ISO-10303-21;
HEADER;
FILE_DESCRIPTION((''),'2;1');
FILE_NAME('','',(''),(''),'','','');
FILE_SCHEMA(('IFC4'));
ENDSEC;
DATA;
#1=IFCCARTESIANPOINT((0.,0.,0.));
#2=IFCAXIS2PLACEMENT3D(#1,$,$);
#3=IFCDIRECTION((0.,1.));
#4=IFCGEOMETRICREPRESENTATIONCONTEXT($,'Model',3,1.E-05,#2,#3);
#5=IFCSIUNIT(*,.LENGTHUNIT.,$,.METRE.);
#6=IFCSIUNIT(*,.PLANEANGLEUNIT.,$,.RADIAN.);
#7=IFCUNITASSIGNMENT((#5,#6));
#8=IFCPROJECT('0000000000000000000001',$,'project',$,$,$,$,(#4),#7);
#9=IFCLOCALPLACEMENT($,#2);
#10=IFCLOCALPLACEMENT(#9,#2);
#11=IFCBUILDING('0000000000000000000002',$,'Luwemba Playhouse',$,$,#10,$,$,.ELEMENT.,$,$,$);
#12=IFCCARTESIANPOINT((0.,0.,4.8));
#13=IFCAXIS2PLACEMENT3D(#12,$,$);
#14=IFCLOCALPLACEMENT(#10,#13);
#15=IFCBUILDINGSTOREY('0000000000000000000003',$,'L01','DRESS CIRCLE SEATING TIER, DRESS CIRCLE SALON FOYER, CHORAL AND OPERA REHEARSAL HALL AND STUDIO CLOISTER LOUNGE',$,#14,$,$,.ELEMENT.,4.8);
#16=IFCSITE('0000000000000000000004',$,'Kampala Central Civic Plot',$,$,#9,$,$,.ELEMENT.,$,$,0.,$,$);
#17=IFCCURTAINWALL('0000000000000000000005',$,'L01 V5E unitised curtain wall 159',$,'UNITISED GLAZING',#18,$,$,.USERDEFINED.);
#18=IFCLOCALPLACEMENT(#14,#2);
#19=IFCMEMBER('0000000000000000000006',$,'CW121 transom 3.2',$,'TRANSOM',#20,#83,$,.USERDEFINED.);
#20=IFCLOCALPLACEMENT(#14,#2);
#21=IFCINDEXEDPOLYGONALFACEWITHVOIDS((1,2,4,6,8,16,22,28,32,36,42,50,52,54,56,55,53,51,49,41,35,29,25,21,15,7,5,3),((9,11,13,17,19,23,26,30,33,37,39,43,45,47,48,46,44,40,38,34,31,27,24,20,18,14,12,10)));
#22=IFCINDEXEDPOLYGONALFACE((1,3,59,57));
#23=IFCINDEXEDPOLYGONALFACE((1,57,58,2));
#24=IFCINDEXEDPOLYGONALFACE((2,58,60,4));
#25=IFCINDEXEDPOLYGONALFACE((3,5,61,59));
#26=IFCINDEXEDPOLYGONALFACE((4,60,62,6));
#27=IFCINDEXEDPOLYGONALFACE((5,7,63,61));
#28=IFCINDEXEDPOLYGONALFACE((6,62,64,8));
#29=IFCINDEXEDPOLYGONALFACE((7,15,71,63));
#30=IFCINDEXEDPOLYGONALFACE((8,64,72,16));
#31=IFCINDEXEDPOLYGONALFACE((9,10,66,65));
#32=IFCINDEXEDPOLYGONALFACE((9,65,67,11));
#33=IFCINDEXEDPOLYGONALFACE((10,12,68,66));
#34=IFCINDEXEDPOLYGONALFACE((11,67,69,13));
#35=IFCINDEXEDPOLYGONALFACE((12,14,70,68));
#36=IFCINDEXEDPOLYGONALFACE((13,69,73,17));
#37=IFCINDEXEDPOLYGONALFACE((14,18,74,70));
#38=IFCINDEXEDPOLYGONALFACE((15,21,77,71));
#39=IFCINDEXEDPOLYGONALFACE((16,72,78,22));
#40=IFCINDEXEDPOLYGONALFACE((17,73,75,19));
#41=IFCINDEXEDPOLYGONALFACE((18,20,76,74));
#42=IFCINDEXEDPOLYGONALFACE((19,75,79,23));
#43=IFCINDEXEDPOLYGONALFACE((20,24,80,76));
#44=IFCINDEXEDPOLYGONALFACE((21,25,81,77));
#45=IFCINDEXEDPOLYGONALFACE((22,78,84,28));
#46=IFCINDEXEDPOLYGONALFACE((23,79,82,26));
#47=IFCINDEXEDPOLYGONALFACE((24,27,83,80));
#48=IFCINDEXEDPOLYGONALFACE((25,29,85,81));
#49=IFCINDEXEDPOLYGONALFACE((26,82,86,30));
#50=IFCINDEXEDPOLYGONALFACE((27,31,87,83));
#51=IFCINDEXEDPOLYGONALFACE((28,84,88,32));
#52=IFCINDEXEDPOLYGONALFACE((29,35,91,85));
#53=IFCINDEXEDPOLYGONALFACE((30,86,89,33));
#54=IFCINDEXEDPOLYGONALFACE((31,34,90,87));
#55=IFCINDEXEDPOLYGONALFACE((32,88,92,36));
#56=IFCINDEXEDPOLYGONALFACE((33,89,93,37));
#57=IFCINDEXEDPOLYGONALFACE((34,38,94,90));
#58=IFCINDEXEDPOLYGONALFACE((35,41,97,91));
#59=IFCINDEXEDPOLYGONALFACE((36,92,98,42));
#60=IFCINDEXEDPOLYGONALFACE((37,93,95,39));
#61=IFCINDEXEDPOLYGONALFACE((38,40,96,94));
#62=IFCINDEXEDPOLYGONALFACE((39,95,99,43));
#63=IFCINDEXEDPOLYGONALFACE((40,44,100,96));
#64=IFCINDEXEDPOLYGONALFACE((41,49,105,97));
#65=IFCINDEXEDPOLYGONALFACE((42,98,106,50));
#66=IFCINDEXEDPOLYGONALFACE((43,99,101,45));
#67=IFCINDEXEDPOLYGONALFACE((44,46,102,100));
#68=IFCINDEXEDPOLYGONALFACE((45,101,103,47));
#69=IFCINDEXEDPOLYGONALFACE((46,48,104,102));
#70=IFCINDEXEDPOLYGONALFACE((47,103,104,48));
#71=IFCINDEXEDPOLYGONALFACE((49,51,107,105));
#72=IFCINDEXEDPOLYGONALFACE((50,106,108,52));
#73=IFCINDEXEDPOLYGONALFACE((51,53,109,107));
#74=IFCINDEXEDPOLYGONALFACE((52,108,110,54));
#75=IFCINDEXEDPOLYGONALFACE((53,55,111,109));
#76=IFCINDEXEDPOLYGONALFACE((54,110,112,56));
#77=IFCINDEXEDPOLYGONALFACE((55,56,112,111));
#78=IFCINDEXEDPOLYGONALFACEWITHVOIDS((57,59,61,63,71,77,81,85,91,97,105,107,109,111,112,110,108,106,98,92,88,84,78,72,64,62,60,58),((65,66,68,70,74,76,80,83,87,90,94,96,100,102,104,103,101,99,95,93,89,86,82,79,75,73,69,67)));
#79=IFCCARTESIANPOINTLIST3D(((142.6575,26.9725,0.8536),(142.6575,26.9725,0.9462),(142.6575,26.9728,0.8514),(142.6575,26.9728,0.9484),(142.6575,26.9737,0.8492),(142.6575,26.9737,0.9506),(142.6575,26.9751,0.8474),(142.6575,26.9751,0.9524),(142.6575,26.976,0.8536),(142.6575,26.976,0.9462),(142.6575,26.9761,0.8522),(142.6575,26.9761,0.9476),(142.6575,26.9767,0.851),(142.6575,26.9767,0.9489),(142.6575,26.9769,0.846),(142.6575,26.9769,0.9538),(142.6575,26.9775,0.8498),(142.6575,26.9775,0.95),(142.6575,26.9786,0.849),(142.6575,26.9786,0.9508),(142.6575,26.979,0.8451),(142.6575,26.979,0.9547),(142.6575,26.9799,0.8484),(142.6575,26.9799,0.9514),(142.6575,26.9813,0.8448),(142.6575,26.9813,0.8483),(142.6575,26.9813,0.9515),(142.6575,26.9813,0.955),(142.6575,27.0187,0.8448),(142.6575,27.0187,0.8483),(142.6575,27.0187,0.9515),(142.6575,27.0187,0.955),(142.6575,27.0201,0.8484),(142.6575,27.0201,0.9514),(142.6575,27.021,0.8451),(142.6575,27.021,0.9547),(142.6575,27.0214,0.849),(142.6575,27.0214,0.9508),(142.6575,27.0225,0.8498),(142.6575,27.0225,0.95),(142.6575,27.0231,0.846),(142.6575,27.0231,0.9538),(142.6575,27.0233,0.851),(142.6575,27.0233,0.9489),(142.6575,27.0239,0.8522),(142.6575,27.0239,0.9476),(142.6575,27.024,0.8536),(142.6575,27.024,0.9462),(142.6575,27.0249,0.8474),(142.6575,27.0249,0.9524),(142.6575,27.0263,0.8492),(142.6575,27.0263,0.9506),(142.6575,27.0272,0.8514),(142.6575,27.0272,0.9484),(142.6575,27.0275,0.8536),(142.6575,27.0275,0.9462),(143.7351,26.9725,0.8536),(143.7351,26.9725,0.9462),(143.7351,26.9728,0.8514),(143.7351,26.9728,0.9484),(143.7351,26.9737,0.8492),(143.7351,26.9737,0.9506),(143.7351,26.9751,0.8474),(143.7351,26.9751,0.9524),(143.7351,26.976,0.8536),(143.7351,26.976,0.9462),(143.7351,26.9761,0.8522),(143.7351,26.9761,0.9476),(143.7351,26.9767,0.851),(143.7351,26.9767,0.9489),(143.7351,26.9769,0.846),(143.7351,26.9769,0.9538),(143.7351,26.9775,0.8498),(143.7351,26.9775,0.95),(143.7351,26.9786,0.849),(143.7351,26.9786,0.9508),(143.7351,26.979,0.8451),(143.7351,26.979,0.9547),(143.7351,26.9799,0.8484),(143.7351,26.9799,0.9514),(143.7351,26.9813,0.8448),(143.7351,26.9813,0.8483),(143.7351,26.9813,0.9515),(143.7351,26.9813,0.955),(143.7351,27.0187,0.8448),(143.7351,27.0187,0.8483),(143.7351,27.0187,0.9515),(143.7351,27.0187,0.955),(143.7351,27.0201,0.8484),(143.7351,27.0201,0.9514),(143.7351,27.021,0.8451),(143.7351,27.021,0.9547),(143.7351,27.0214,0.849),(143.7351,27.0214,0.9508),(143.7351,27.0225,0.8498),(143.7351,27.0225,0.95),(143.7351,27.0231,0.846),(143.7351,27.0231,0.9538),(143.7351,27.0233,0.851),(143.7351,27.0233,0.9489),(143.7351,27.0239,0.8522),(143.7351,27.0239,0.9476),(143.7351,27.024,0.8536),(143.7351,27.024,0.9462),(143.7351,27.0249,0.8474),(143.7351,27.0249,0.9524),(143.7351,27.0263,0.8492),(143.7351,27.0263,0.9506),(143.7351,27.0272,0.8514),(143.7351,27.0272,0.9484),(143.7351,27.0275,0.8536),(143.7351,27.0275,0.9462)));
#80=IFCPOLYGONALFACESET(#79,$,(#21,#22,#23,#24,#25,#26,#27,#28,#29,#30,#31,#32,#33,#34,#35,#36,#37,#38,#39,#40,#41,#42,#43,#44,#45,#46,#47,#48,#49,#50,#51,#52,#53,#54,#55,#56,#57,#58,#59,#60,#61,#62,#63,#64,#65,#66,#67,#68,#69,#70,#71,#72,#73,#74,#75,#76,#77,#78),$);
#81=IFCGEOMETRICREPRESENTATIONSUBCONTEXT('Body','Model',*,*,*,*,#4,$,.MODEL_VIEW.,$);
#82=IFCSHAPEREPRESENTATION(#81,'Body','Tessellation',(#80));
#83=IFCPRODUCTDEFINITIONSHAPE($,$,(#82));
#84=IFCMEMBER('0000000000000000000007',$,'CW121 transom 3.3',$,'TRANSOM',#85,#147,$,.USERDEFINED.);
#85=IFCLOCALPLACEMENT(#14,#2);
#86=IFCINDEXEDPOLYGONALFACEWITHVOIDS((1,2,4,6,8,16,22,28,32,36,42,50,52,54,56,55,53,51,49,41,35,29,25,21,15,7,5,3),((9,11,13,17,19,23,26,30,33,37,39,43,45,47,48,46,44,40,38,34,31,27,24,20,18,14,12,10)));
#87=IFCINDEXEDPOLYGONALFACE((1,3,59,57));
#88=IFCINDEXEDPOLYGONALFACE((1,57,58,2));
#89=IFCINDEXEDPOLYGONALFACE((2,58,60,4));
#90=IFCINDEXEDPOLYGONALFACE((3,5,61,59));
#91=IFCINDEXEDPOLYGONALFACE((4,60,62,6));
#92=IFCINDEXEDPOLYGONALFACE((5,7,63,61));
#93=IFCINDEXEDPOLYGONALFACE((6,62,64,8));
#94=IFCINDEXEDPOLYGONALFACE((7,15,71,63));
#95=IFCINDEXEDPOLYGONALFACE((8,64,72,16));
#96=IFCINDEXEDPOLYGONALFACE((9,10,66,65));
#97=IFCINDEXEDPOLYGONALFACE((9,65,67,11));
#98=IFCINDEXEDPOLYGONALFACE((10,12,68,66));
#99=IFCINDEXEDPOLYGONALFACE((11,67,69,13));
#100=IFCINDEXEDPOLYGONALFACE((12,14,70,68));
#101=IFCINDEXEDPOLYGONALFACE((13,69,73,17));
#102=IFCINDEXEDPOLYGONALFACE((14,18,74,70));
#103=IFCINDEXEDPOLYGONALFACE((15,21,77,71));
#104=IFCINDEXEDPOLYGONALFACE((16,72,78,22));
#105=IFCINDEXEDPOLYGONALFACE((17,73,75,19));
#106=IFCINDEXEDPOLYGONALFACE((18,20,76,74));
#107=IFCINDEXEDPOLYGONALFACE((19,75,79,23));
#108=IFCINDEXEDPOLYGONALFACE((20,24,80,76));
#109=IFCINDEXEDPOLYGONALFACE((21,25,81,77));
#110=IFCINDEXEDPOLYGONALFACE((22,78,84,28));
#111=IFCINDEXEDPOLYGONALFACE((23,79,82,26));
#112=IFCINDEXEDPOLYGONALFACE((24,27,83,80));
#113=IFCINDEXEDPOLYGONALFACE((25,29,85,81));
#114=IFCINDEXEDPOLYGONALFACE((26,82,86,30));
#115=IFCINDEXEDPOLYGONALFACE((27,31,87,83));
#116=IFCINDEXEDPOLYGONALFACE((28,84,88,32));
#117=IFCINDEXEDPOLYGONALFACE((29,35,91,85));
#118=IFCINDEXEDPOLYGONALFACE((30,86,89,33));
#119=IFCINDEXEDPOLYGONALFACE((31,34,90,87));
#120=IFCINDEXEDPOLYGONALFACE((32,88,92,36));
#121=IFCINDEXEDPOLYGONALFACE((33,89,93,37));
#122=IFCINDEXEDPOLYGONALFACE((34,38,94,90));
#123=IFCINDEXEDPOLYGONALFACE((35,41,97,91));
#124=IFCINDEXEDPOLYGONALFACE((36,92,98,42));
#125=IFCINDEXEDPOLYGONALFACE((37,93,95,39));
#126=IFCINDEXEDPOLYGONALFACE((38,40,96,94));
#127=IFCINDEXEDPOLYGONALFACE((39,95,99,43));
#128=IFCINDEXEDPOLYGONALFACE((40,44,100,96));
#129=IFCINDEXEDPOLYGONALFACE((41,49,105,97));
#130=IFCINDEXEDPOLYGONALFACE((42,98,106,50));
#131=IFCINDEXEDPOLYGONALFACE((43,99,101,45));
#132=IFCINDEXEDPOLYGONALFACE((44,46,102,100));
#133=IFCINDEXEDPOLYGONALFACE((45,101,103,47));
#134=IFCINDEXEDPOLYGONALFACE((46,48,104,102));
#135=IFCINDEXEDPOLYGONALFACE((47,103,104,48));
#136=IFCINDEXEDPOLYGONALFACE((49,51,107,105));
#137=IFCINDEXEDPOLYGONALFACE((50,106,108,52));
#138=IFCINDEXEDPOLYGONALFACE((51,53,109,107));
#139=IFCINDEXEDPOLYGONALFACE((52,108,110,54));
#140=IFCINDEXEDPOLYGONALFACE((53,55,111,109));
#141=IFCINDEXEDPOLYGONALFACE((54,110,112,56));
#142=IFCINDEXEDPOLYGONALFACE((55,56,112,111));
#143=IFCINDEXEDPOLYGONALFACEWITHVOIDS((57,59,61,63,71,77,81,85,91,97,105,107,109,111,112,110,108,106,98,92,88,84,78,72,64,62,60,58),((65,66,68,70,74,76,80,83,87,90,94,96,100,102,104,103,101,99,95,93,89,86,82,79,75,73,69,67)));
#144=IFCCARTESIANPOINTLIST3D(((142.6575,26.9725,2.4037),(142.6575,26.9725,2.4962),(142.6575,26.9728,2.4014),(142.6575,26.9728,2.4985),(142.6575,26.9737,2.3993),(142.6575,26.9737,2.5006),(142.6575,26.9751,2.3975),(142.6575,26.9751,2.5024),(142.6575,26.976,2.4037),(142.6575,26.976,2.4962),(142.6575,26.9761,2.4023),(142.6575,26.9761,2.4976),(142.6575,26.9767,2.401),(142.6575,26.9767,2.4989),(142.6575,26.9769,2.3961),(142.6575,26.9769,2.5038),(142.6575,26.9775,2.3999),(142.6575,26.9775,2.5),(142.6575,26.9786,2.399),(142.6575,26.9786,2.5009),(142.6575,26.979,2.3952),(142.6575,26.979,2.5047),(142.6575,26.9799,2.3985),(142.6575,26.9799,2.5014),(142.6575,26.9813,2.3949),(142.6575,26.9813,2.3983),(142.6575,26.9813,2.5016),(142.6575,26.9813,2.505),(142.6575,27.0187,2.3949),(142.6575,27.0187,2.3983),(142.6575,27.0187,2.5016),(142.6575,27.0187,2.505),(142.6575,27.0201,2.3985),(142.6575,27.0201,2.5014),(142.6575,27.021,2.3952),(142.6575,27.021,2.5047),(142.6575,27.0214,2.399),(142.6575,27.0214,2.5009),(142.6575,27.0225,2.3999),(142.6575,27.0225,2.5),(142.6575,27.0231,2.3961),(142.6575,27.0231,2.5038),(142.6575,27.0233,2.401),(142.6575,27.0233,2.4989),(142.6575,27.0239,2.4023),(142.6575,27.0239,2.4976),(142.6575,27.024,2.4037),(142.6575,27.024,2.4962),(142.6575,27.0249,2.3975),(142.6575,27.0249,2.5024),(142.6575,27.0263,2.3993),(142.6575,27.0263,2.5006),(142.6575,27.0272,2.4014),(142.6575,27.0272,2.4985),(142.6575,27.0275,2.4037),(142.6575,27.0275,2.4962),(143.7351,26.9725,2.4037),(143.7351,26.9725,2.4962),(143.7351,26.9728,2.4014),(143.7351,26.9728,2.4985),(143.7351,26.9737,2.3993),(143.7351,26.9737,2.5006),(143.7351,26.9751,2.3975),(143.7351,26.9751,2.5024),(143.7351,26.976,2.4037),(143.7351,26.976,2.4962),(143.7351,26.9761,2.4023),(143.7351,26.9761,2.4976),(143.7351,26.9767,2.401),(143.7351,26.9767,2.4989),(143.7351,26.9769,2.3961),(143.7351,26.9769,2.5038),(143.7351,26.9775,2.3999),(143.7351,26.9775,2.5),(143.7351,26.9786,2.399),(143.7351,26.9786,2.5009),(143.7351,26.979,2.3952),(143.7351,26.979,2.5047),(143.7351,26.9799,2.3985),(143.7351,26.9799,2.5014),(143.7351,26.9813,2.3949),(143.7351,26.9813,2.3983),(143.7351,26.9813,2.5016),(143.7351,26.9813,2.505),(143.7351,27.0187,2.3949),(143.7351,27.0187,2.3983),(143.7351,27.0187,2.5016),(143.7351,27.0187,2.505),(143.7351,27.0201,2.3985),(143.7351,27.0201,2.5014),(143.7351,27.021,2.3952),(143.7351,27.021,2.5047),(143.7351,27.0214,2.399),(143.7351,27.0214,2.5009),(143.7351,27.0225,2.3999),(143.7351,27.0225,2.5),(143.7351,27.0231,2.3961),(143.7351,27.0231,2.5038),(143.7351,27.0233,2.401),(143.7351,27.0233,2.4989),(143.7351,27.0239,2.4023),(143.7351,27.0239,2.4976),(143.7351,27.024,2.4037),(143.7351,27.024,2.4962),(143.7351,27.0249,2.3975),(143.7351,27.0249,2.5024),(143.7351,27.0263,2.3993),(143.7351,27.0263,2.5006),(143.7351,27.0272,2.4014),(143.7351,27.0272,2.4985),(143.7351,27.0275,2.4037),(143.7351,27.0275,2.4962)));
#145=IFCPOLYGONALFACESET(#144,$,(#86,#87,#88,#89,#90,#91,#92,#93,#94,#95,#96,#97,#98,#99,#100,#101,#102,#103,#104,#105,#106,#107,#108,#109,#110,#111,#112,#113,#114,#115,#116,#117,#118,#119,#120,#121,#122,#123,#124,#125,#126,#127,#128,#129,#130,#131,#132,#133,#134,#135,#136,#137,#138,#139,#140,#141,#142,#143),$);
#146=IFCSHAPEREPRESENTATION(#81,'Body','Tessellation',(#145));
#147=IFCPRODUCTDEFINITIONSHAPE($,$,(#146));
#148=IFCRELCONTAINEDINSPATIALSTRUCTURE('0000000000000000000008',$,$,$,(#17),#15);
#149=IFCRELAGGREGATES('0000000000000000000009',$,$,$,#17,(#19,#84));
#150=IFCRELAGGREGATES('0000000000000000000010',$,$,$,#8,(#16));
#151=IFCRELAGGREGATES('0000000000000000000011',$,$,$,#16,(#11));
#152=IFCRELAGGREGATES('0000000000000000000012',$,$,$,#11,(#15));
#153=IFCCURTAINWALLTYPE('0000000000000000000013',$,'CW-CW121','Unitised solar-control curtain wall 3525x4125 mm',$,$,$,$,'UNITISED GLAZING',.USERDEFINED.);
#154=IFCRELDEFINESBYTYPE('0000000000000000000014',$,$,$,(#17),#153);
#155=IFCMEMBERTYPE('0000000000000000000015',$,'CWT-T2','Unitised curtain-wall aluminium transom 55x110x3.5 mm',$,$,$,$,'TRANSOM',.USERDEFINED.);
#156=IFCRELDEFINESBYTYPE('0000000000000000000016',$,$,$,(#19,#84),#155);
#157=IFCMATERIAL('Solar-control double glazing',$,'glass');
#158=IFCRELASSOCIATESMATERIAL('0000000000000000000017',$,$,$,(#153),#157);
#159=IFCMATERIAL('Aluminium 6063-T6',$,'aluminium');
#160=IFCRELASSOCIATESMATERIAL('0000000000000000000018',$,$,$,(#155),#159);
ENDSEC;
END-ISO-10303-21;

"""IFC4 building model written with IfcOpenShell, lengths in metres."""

from ifc_helpers import new_model, si_unit, direction, frame, origin, origin_2d, place, context, subcontext, project, spatial, hollow_rectangle, extrude, material, material_profile, profile_set, type_object, element, aggregate, save


model = new_model("IFC4")

# Units and contexts
model_context = context("Model", 3, precision=1e-05, world=origin(), true_north=direction((0.0, 1.0)))
body_context = subcontext(model_context, "Body", "Model", "MODEL_VIEW")
ifc_project = project(units=[si_unit("LENGTHUNIT", "METRE"), si_unit("PLANEANGLEUNIT", "RADIAN")], contexts=[model_context])

# Site, building, storey
site_placement = place(None, origin())
site = spatial("IfcSite", under=ifc_project, at=site_placement, Name="Kampala Central Civic Plot", CompositionType="ELEMENT", RefElevation=0.0)
building_placement = place(site_placement, origin())
building = spatial("IfcBuilding", under=site, at=building_placement, Name="Luwemba Playhouse", CompositionType="ELEMENT")
storey_placement = place(building_placement, frame((0.0, 0.0, 4.8)))
storey = spatial("IfcBuildingStorey", under=building, at=storey_placement, Name="L01", Description="DRESS CIRCLE SEATING TIER, DRESS CIRCLE SALON FOYER, CHORAL AND OPERA REHEARSAL HALL AND STUDIO CLOISTER LOUNGE", CompositionType="ELEMENT", Elevation=4.8)

# Curtain wall
ifc_material_1 = material(Name="Solar-control double glazing", Category="glass")
curtain_wall_type_1 = type_object("IfcCurtainWallType", Name="CW-CW121", Description="Unitised solar-control curtain wall 3525x4125 mm", ElementType="UNITISED GLAZING", PredefinedType="USERDEFINED", material=ifc_material_1)
curtain_wall_1_placement = place(storey_placement, origin())
curtain_wall_1 = element("IfcCurtainWall", 1, at=curtain_wall_1_placement, inside=storey, type_object=curtain_wall_type_1, Name="L01 V5E unitised curtain wall 159", ObjectType="UNITISED GLAZING", PredefinedType="USERDEFINED")
ifc_material_2 = material(Name="Aluminium 6063-T6", Category="aluminium")

# Members
ifc_material_profile_1 = material_profile(ifc_material_2, hollow_rectangle(XDim=0.0549, YDim=0.1101, WallThickness=0.0034, InnerFilletRadius=0.0054, OuterFilletRadius=0.0088, at=origin_2d()))
ifc_profile_set_1 = profile_set([ifc_material_profile_1], Name="Aluminium 6063-T6")
member_type_1 = type_object("IfcMemberType", Name="CWT-T2", Description="Unitised curtain-wall aluminium transom 55x110x3.5 mm", ElementType="TRANSOM", PredefinedType="USERDEFINED", material=ifc_profile_set_1)
member_1_placement = place(storey_placement, frame((142.6575, 27.0, 0.8999), z_axis=(1.0, 0.0, 0.0), x_axis=(0.0, 1.0, 0.0)))
member_1 = element("IfcMember", 2, at=member_1_placement, type_object=member_type_1, Name="CW121 transom 3.2", ObjectType="TRANSOM", PredefinedType="USERDEFINED", context=body_context, shape_type="SweptSolid", body=[
    extrude(hollow_rectangle(XDim=0.0549, YDim=0.1101, WallThickness=0.0034, InnerFilletRadius=0.0054, OuterFilletRadius=0.0088, at=origin_2d()), origin(), (0.0, 0.0, 1.0), 1.0776),
])
member_2_placement = place(storey_placement, frame((142.6575, 27.0, 2.45), z_axis=(1.0, 0.0, 0.0), x_axis=(0.0, 1.0, 0.0)))
member_2 = element("IfcMember", 3, at=member_2_placement, type_object=member_type_1, Name="CW121 transom 3.3", ObjectType="TRANSOM", PredefinedType="USERDEFINED", context=body_context, shape_type="SweptSolid", body=[
    extrude(hollow_rectangle(XDim=0.0549, YDim=0.1101, WallThickness=0.0034, InnerFilletRadius=0.0054, OuterFilletRadius=0.0088, at=origin_2d()), origin(), (0.0, 0.0, 1.0), 1.0776),
])

aggregate(curtain_wall_1, [member_1, member_2])

save(model, "model.ifc")
